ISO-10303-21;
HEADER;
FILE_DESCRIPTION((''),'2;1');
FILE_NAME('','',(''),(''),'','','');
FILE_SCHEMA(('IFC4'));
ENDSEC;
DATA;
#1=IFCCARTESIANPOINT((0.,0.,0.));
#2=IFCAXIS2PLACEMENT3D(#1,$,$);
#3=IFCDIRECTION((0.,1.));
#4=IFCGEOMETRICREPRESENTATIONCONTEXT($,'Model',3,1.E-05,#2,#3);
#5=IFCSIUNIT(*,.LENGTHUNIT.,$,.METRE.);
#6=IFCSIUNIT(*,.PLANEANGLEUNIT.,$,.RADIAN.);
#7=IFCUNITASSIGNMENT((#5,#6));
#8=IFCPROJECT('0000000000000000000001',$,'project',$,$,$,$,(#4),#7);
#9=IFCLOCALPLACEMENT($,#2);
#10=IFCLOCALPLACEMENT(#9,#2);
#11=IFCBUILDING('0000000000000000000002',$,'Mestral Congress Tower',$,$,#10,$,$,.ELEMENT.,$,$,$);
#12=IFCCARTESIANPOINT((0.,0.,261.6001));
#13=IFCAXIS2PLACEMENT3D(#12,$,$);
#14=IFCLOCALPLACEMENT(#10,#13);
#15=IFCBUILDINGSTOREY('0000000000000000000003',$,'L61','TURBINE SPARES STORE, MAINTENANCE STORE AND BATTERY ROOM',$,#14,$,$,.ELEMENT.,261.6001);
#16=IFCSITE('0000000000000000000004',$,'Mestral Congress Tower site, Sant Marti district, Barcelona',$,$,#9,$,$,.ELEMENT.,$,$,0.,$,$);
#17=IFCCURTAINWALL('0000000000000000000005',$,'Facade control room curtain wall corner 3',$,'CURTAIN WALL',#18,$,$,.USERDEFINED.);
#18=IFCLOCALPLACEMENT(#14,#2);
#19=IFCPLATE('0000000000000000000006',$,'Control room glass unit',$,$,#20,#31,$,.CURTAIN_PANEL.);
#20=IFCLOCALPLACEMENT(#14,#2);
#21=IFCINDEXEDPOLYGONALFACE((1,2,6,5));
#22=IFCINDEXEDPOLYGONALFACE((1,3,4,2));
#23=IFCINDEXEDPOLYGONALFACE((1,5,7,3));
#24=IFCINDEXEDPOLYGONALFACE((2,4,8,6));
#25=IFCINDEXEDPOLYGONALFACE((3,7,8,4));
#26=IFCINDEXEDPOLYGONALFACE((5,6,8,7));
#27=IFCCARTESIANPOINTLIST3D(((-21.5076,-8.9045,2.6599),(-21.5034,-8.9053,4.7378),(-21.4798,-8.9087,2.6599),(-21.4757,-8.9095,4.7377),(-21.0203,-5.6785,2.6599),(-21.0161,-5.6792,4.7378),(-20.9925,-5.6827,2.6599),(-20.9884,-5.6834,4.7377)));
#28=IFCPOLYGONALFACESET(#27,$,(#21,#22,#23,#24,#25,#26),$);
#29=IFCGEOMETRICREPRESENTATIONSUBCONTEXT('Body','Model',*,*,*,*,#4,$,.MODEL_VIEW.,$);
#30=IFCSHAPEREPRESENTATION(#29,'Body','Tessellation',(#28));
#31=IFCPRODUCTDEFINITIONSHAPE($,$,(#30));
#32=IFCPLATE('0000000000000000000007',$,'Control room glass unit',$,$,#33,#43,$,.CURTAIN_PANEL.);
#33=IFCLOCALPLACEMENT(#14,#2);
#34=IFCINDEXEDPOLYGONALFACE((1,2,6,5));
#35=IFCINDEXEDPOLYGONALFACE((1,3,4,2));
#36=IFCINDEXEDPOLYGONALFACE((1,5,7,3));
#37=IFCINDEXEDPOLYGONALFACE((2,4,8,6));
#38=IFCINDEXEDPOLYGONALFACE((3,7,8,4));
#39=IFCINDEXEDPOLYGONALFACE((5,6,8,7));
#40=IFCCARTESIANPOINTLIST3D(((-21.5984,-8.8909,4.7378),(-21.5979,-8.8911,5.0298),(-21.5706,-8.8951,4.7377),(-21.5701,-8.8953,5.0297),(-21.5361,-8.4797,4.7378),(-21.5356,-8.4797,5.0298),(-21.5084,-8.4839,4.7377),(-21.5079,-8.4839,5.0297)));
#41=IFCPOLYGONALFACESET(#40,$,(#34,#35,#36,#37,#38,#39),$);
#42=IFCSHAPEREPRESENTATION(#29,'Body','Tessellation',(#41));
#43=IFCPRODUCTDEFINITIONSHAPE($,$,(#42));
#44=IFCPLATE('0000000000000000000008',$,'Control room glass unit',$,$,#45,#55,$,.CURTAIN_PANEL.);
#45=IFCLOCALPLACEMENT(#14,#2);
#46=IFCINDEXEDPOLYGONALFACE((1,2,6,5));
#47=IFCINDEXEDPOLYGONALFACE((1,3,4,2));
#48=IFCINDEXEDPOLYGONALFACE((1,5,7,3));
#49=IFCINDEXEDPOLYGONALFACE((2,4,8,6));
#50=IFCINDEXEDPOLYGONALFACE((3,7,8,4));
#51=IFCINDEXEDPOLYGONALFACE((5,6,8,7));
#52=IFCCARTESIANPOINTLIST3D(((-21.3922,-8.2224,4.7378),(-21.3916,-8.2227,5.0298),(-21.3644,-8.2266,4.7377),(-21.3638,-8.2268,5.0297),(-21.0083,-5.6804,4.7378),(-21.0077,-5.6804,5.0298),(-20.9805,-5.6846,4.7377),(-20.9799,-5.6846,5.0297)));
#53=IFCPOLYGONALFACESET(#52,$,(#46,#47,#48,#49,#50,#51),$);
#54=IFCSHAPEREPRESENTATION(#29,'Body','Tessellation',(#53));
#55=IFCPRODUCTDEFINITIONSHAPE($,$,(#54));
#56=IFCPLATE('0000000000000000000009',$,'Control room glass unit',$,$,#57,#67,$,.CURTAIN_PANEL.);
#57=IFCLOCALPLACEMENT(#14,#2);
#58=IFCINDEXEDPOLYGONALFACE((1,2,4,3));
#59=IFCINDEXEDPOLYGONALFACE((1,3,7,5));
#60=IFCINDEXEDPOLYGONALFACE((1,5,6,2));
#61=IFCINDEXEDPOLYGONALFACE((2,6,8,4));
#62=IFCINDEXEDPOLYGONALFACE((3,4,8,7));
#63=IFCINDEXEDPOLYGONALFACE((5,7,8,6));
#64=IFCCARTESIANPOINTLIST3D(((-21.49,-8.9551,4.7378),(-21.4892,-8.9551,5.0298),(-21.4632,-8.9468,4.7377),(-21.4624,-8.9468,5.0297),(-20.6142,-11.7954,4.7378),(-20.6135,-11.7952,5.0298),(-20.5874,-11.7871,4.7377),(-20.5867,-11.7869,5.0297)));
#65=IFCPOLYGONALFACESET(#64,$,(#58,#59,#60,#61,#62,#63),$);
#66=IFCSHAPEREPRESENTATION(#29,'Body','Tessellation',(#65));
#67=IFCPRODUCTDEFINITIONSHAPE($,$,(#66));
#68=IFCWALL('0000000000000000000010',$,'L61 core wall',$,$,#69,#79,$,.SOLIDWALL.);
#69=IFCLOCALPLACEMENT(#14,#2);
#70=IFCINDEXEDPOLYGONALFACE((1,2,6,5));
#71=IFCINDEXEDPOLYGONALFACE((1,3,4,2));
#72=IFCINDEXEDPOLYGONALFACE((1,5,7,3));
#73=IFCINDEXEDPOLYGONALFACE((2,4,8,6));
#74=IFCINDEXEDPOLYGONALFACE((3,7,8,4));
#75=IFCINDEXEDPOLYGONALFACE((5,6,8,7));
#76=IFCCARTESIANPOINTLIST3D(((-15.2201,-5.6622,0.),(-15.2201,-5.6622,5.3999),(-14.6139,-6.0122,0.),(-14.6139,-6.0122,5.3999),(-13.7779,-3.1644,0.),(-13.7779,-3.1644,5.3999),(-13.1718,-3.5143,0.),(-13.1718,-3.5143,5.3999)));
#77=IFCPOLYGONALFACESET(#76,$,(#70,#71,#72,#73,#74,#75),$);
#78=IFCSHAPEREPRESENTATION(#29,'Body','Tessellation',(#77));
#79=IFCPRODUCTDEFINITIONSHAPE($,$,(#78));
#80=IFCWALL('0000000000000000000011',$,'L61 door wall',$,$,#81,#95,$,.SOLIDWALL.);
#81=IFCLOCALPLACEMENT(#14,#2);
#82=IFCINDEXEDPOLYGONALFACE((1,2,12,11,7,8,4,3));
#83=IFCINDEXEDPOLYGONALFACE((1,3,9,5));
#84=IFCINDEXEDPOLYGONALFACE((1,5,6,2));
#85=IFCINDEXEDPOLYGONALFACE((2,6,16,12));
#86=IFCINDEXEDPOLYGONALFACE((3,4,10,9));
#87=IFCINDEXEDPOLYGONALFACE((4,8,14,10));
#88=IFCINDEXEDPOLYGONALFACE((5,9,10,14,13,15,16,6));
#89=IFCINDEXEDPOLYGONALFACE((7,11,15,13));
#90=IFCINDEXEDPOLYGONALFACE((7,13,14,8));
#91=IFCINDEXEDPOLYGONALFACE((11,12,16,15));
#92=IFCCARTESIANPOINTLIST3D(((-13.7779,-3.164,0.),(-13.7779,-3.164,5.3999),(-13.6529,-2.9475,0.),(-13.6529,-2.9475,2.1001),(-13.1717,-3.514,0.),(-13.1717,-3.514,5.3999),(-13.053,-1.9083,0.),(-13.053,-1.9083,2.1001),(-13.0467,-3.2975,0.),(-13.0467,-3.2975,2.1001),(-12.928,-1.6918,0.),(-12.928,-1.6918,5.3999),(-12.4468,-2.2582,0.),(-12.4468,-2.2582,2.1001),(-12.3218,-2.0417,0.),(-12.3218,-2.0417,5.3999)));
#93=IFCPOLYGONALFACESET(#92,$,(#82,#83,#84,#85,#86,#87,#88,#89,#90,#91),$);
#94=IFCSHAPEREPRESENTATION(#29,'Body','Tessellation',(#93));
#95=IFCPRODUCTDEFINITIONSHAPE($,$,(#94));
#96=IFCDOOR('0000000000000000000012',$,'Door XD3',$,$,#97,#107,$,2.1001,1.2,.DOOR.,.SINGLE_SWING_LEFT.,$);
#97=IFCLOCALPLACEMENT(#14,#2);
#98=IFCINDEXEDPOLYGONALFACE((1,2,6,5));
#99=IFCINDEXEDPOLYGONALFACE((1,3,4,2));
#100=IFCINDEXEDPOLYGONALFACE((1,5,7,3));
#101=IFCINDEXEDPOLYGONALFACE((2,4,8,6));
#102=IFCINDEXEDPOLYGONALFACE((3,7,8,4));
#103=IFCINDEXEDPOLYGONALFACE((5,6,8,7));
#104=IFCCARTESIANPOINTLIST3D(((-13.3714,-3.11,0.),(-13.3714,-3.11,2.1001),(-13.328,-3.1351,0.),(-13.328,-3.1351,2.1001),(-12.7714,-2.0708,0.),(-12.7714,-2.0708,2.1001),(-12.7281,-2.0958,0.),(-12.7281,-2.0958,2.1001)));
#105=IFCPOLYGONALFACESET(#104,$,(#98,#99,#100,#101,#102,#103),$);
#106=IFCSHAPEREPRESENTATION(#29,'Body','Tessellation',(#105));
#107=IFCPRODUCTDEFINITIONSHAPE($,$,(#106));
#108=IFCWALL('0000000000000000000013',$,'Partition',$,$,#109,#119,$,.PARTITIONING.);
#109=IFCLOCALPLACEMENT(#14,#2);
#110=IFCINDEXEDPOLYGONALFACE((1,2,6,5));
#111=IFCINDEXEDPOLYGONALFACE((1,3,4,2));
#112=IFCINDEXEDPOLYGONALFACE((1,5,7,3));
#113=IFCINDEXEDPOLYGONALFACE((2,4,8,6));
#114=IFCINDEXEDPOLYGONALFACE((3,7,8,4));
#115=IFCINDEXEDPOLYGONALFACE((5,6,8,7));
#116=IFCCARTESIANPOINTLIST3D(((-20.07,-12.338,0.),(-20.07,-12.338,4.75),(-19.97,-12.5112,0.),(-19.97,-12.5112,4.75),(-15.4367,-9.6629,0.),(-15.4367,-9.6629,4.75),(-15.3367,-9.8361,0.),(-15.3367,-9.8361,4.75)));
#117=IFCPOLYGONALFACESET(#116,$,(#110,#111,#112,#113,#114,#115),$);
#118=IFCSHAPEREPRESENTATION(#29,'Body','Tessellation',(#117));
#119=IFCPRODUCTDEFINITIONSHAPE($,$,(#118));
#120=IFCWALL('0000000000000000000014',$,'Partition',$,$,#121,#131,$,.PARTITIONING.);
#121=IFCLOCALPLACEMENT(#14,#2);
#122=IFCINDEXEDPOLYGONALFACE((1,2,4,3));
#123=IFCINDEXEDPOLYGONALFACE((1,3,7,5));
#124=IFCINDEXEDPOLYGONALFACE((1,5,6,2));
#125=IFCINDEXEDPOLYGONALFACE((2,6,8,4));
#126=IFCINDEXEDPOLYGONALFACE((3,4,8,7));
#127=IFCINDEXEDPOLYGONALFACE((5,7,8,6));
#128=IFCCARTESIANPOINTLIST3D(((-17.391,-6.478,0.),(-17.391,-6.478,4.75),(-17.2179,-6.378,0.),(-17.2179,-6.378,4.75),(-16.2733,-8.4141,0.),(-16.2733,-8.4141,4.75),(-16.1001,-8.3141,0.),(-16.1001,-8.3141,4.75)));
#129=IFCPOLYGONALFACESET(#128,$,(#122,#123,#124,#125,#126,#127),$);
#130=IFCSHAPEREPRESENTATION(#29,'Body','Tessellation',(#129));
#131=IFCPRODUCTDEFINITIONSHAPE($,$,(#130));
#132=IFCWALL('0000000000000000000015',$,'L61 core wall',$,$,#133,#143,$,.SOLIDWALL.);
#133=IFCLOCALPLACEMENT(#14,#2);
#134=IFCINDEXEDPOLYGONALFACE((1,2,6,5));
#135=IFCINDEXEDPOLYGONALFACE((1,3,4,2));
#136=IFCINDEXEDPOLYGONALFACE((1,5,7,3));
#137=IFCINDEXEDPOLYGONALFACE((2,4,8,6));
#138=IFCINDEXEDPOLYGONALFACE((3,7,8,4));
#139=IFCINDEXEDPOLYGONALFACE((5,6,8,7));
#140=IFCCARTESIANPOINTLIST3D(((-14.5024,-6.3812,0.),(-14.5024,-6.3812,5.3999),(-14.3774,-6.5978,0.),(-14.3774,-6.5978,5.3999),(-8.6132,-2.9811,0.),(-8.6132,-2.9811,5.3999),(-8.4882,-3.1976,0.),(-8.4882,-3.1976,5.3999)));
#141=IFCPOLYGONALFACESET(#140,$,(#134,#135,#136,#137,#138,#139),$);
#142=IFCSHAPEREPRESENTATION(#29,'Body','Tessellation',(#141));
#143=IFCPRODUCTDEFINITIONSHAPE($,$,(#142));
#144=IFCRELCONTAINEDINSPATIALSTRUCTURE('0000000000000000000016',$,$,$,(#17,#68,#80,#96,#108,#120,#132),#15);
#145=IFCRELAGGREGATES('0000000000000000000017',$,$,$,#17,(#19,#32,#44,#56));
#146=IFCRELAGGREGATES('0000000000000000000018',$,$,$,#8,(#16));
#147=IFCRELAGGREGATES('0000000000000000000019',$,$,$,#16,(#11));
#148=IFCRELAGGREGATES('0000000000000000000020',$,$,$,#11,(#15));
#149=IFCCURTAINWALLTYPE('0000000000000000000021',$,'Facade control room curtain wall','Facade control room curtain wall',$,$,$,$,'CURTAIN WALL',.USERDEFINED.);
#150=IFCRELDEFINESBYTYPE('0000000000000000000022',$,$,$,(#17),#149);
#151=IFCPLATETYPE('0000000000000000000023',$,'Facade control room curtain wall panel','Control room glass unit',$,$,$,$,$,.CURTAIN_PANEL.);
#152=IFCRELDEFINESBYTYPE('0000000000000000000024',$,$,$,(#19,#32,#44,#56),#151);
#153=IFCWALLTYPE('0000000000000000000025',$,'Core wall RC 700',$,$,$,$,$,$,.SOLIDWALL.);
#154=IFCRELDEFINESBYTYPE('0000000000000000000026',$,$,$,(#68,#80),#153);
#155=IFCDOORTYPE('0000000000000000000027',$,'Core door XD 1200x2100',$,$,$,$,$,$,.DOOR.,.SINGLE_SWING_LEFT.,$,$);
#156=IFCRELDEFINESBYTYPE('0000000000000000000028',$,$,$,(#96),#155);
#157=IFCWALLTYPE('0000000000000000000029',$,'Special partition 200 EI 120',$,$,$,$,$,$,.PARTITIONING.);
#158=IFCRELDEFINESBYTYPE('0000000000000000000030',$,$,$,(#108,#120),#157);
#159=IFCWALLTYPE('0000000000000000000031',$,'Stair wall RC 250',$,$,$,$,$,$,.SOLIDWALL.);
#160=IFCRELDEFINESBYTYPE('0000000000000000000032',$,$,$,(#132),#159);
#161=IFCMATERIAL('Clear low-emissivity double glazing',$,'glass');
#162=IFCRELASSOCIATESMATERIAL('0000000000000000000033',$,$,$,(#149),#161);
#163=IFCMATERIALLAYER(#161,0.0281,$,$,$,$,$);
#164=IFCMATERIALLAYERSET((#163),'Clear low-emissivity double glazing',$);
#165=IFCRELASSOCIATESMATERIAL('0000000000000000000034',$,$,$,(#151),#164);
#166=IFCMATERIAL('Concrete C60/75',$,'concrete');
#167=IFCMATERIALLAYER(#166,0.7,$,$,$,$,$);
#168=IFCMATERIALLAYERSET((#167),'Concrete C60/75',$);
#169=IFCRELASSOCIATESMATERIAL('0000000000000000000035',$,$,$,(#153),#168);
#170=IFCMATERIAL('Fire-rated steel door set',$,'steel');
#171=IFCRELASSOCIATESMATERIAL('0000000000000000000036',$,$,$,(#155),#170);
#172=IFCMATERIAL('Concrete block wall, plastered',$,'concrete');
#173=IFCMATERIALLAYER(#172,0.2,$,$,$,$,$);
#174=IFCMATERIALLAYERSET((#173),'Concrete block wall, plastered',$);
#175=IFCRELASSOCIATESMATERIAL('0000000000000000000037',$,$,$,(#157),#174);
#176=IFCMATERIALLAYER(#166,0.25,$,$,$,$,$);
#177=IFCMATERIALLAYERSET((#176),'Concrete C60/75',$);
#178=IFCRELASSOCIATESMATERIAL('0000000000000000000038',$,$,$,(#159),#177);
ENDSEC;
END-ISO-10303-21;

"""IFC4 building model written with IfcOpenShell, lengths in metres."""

from ifc_helpers import new_model, si_unit, direction, frame, frame_2d, origin, place, context, subcontext, project, spatial, polyline, rectangle, outline, extrude, material, layer, layer_set, type_object, element, fill, aggregate, save


model = new_model("IFC4")

# Units and contexts
model_context = context("Model", 3, precision=1e-05, world=origin(), true_north=direction((0.0, 1.0)))
body_context = subcontext(model_context, "Body", "Model", "MODEL_VIEW")
ifc_project = project(units=[si_unit("LENGTHUNIT", "METRE"), si_unit("PLANEANGLEUNIT", "RADIAN")], contexts=[model_context])

# Site, building, storey
site_placement = place(None, origin())
site = spatial("IfcSite", under=ifc_project, at=site_placement, Name="Mestral Congress Tower site, Sant Marti district, Barcelona", CompositionType="ELEMENT", RefElevation=0.0)
building_placement = place(site_placement, origin())
building = spatial("IfcBuilding", under=site, at=building_placement, Name="Mestral Congress Tower", CompositionType="ELEMENT")
storey_placement = place(building_placement, frame((0.0, 0.0, 261.6001)))
storey = spatial("IfcBuildingStorey", under=building, at=storey_placement, Name="L61", Description="TURBINE SPARES STORE, MAINTENANCE STORE AND BATTERY ROOM", CompositionType="ELEMENT", Elevation=261.6001)

# Shared definitions
ifc_material_1 = material(Name="Concrete C60/75", Category="concrete")

# Curtain wall
ifc_material_2 = material(Name="Clear low-emissivity double glazing", Category="glass")
curtain_wall_type = type_object("IfcCurtainWallType", Name="Facade control room curtain wall", Description="Facade control room curtain wall", ElementType="CURTAIN WALL", PredefinedType="USERDEFINED", material=ifc_material_2)
placement = place(storey_placement, origin())
curtain_wall_1 = element("IfcCurtainWall", 1, at=placement, inside=storey, type_object=curtain_wall_type, Name="Facade control room curtain wall corner 3", ObjectType="CURTAIN WALL", PredefinedType="USERDEFINED")

# Plates
ifc_layer_1 = layer(ifc_material_2, 0.0281)
ifc_layer_set_1 = layer_set([ifc_layer_1], Name="Clear low-emissivity double glazing")
plate_type = type_object("IfcPlateType", Name="Facade control room curtain wall panel", Description="Control room glass unit", PredefinedType="CURTAIN_PANEL", material=ifc_layer_set_1)
plate_1_placement = place(storey_placement, frame((-21.5076, -8.9045, 2.6599), z_axis=(-0.988781, 0.149357, 0.002028), x_axis=(0.149358, 0.988783, 0.0)))
plate_1 = element("IfcPlate", 2, at=plate_1_placement, type_object=plate_type, Name="Control room glass unit", PredefinedType="CURTAIN_PANEL", context=body_context, shape_type="SweptSolid", body=[
    extrude(outline(polyline([(0.0, 0.0), (3.2627, 0.0), (3.2626, -2.0779), (-0.0001, -2.0779), (0.0, 0.0)])), origin(), (0.0, 0.0, -1.0), 0.0281),
])
plate_2_placement = place(storey_placement, frame((-21.5979, -8.8911, 5.0298), z_axis=(-0.988734, 0.149675, 0.001716), x_axis=(-0.00161, 0.000827, -0.999998)))
plate_2 = element("IfcPlate", 3, at=plate_2_placement, type_object=plate_type, Name="Control room glass unit", PredefinedType="CURTAIN_PANEL", context=body_context, shape_type="SweptSolid", body=[
    extrude(outline(polyline([(0.0, 0.0), (0.292, 0.0), (0.2922, -0.4158), (0.0002, -0.4161), (0.0, 0.0)])), origin(), (0.0, 0.0, -1.0), 0.0281),
])
plate_3_placement = place(storey_placement, frame((-21.0083, -5.6804, 4.7378), z_axis=(-0.988786, 0.149327, 0.002129), x_axis=(0.002161, 0.000052, 0.999998)))
plate_3 = element("IfcPlate", 4, at=plate_3_placement, type_object=plate_type, Name="Control room glass unit", PredefinedType="CURTAIN_PANEL", context=body_context, shape_type="SweptSolid", body=[
    extrude(outline(polyline([(0.0, 0.0), (0.292, 0.0), (0.291, -2.5711), (-0.001, -2.5708), (0.0, 0.0)])), origin(), (0.0, 0.0, -1.0), 0.0281),
])
plate_4_placement = place(storey_placement, frame((-21.49, -8.9551, 4.7378), z_axis=(-0.955604, -0.294645, 0.00252), x_axis=(0.002626, 0.000036, 0.999997)))
plate_4 = element("IfcPlate", 5, at=plate_4_placement, type_object=plate_type, Name="Control room glass unit", PredefinedType="CURTAIN_PANEL", context=body_context, shape_type="SweptSolid", body=[
    extrude(outline(polyline([(0.0, 0.0), (0.292, 0.0), (0.2942, -2.972), (0.0022, -2.9723), (0.0, 0.0)])), origin(), (0.0, 0.0, -1.0), 0.0281),
])
aggregate(curtain_wall_1, [plate_1, plate_2, plate_3, plate_4])

# Wall
ifc_layer_2 = layer(ifc_material_1, 0.7)
ifc_layer_set_2 = layer_set([ifc_layer_2], Name="Concrete C60/75")
wall_type_1 = type_object("IfcWallType", Name="Core wall RC 700", PredefinedType="SOLIDWALL", material=ifc_layer_set_2)
wall_1_placement = place(storey_placement, frame((-13.4749, -3.3394, 0.0), z_axis=(0.0, 0.0, 1.0), x_axis=(-0.500008, -0.866021, 0.0)))
element("IfcWall", 6, at=wall_1_placement, inside=storey, type_object=wall_type_1, Name="L61 core wall", PredefinedType="SOLIDWALL", context=body_context, shape_type="SweptSolid", body=[
    extrude(rectangle(XDim=2.8843, YDim=0.7, at=frame_2d((1.4421, 0.0))), origin(), (0.0, 0.0, 1.0), 5.3999),
])

# Wall, opening, door
wall_2_placement = place(storey_placement, frame((-13.4749, -3.3391, 0.0), z_axis=(0.0, 0.0, 1.0), x_axis=(0.499955, 0.866052, 0.0)))
wall_2 = element("IfcWall", 7, at=wall_2_placement, inside=storey, type_object=wall_type_1, Name="L61 door wall", PredefinedType="SOLIDWALL", context=body_context, shape_type="SweptSolid", body=[
    extrude(rectangle(XDim=1.7, YDim=0.7, at=frame_2d((0.8501, 0.0))), origin(), (0.0, 0.0, 1.0), 5.3999),
])
opening_placement = place(wall_2_placement, frame((0.25, 0.0, 0.0)))
opening = element("IfcOpeningElement", 8, at=opening_placement, cuts=wall_2, PredefinedType="OPENING", context=body_context, shape_type="SweptSolid", body=[
    extrude(rectangle(XDim=1.2, YDim=2.1001, at=frame_2d((0.6001, 1.05))), frame((0.0, 0.3599, 0.0), z_axis=(0.0, -1.0, 0.0), x_axis=(1.0, 0.0, 0.0)), (0.0, 0.0, 1.0), 0.72),
])
ifc_material_3 = material(Name="Fire-rated steel door set", Category="steel")
door_type = type_object("IfcDoorType", Name="Core door XD 1200x2100", OperationType="SINGLE_SWING_LEFT", PredefinedType="DOOR", material=ifc_material_3)
door_placement = place(opening_placement, origin())
door = element("IfcDoor", 9, at=door_placement, inside=storey, type_object=door_type, Name="Door XD3", OperationType="SINGLE_SWING_LEFT", OverallHeight=2.1001, OverallWidth=1.2, PredefinedType="DOOR", context=body_context, shape_type="SweptSolid", body=[
    extrude(rectangle(XDim=1.2, YDim=2.1001, at=frame_2d((0.6001, 1.05))), frame((0.0, 0.0249, 0.0), z_axis=(0.0, -1.0, 0.0), x_axis=(1.0, 0.0, 0.0)), (0.0, 0.0, 1.0), 0.05),
])
fill(opening, door)

# Walls
ifc_material_4 = material(Name="Concrete block wall, plastered", Category="concrete")
ifc_layer_3 = layer(ifc_material_4, 0.2)
ifc_layer_set_3 = layer_set([ifc_layer_3], Name="Concrete block wall, plastered")
wall_type_2 = type_object("IfcWallType", Name="Special partition 200 EI 120", PredefinedType="PARTITIONING", material=ifc_layer_set_3)
wall_3_placement = place(storey_placement, frame((-15.3867, -9.7495, 0.0), z_axis=(0.0, 0.0, 1.0), x_axis=(-0.866024, -0.500002, 0.0)))
element("IfcWall", 10, at=wall_3_placement, inside=storey, type_object=wall_type_2, Name="Partition", PredefinedType="PARTITIONING", context=body_context, shape_type="SweptSolid", body=[
    extrude(rectangle(XDim=5.3501, YDim=0.2, at=frame_2d((2.675, 0.0))), origin(), (0.0, 0.0, 1.0), 4.75),
])
wall_4_placement = place(storey_placement, frame((-16.1868, -8.364, 0.0), z_axis=(0.0, 0.0, 1.0), x_axis=(-0.499968, 0.866044, 0.0)))
element("IfcWall", 11, at=wall_4_placement, inside=storey, type_object=wall_type_2, Name="Partition", PredefinedType="PARTITIONING", context=body_context, shape_type="SweptSolid", body=[
    extrude(rectangle(XDim=2.2356, YDim=0.2, at=frame_2d((1.1177, 0.0))), origin(), (0.0, 0.0, 1.0), 4.75),
])
ifc_layer_4 = layer(ifc_material_1, 0.25)
ifc_layer_set_4 = layer_set([ifc_layer_4], Name="Concrete C60/75")
wall_type_3 = type_object("IfcWallType", Name="Stair wall RC 250", PredefinedType="SOLIDWALL", material=ifc_layer_set_4)
wall_5_placement = place(storey_placement, frame((-14.4399, -6.4895, 0.0), z_axis=(0.0, 0.0, 1.0), x_axis=(0.866023, 0.500004, 0.0)))
element("IfcWall", 12, at=wall_5_placement, inside=storey, type_object=wall_type_3, Name="L61 core wall", PredefinedType="SOLIDWALL", context=body_context, shape_type="SweptSolid", body=[
    extrude(rectangle(XDim=6.8003, YDim=0.25, at=frame_2d((3.4001, 0.0))), origin(), (0.0, 0.0, 1.0), 5.3999),
])

save(model, "model.ifc")
